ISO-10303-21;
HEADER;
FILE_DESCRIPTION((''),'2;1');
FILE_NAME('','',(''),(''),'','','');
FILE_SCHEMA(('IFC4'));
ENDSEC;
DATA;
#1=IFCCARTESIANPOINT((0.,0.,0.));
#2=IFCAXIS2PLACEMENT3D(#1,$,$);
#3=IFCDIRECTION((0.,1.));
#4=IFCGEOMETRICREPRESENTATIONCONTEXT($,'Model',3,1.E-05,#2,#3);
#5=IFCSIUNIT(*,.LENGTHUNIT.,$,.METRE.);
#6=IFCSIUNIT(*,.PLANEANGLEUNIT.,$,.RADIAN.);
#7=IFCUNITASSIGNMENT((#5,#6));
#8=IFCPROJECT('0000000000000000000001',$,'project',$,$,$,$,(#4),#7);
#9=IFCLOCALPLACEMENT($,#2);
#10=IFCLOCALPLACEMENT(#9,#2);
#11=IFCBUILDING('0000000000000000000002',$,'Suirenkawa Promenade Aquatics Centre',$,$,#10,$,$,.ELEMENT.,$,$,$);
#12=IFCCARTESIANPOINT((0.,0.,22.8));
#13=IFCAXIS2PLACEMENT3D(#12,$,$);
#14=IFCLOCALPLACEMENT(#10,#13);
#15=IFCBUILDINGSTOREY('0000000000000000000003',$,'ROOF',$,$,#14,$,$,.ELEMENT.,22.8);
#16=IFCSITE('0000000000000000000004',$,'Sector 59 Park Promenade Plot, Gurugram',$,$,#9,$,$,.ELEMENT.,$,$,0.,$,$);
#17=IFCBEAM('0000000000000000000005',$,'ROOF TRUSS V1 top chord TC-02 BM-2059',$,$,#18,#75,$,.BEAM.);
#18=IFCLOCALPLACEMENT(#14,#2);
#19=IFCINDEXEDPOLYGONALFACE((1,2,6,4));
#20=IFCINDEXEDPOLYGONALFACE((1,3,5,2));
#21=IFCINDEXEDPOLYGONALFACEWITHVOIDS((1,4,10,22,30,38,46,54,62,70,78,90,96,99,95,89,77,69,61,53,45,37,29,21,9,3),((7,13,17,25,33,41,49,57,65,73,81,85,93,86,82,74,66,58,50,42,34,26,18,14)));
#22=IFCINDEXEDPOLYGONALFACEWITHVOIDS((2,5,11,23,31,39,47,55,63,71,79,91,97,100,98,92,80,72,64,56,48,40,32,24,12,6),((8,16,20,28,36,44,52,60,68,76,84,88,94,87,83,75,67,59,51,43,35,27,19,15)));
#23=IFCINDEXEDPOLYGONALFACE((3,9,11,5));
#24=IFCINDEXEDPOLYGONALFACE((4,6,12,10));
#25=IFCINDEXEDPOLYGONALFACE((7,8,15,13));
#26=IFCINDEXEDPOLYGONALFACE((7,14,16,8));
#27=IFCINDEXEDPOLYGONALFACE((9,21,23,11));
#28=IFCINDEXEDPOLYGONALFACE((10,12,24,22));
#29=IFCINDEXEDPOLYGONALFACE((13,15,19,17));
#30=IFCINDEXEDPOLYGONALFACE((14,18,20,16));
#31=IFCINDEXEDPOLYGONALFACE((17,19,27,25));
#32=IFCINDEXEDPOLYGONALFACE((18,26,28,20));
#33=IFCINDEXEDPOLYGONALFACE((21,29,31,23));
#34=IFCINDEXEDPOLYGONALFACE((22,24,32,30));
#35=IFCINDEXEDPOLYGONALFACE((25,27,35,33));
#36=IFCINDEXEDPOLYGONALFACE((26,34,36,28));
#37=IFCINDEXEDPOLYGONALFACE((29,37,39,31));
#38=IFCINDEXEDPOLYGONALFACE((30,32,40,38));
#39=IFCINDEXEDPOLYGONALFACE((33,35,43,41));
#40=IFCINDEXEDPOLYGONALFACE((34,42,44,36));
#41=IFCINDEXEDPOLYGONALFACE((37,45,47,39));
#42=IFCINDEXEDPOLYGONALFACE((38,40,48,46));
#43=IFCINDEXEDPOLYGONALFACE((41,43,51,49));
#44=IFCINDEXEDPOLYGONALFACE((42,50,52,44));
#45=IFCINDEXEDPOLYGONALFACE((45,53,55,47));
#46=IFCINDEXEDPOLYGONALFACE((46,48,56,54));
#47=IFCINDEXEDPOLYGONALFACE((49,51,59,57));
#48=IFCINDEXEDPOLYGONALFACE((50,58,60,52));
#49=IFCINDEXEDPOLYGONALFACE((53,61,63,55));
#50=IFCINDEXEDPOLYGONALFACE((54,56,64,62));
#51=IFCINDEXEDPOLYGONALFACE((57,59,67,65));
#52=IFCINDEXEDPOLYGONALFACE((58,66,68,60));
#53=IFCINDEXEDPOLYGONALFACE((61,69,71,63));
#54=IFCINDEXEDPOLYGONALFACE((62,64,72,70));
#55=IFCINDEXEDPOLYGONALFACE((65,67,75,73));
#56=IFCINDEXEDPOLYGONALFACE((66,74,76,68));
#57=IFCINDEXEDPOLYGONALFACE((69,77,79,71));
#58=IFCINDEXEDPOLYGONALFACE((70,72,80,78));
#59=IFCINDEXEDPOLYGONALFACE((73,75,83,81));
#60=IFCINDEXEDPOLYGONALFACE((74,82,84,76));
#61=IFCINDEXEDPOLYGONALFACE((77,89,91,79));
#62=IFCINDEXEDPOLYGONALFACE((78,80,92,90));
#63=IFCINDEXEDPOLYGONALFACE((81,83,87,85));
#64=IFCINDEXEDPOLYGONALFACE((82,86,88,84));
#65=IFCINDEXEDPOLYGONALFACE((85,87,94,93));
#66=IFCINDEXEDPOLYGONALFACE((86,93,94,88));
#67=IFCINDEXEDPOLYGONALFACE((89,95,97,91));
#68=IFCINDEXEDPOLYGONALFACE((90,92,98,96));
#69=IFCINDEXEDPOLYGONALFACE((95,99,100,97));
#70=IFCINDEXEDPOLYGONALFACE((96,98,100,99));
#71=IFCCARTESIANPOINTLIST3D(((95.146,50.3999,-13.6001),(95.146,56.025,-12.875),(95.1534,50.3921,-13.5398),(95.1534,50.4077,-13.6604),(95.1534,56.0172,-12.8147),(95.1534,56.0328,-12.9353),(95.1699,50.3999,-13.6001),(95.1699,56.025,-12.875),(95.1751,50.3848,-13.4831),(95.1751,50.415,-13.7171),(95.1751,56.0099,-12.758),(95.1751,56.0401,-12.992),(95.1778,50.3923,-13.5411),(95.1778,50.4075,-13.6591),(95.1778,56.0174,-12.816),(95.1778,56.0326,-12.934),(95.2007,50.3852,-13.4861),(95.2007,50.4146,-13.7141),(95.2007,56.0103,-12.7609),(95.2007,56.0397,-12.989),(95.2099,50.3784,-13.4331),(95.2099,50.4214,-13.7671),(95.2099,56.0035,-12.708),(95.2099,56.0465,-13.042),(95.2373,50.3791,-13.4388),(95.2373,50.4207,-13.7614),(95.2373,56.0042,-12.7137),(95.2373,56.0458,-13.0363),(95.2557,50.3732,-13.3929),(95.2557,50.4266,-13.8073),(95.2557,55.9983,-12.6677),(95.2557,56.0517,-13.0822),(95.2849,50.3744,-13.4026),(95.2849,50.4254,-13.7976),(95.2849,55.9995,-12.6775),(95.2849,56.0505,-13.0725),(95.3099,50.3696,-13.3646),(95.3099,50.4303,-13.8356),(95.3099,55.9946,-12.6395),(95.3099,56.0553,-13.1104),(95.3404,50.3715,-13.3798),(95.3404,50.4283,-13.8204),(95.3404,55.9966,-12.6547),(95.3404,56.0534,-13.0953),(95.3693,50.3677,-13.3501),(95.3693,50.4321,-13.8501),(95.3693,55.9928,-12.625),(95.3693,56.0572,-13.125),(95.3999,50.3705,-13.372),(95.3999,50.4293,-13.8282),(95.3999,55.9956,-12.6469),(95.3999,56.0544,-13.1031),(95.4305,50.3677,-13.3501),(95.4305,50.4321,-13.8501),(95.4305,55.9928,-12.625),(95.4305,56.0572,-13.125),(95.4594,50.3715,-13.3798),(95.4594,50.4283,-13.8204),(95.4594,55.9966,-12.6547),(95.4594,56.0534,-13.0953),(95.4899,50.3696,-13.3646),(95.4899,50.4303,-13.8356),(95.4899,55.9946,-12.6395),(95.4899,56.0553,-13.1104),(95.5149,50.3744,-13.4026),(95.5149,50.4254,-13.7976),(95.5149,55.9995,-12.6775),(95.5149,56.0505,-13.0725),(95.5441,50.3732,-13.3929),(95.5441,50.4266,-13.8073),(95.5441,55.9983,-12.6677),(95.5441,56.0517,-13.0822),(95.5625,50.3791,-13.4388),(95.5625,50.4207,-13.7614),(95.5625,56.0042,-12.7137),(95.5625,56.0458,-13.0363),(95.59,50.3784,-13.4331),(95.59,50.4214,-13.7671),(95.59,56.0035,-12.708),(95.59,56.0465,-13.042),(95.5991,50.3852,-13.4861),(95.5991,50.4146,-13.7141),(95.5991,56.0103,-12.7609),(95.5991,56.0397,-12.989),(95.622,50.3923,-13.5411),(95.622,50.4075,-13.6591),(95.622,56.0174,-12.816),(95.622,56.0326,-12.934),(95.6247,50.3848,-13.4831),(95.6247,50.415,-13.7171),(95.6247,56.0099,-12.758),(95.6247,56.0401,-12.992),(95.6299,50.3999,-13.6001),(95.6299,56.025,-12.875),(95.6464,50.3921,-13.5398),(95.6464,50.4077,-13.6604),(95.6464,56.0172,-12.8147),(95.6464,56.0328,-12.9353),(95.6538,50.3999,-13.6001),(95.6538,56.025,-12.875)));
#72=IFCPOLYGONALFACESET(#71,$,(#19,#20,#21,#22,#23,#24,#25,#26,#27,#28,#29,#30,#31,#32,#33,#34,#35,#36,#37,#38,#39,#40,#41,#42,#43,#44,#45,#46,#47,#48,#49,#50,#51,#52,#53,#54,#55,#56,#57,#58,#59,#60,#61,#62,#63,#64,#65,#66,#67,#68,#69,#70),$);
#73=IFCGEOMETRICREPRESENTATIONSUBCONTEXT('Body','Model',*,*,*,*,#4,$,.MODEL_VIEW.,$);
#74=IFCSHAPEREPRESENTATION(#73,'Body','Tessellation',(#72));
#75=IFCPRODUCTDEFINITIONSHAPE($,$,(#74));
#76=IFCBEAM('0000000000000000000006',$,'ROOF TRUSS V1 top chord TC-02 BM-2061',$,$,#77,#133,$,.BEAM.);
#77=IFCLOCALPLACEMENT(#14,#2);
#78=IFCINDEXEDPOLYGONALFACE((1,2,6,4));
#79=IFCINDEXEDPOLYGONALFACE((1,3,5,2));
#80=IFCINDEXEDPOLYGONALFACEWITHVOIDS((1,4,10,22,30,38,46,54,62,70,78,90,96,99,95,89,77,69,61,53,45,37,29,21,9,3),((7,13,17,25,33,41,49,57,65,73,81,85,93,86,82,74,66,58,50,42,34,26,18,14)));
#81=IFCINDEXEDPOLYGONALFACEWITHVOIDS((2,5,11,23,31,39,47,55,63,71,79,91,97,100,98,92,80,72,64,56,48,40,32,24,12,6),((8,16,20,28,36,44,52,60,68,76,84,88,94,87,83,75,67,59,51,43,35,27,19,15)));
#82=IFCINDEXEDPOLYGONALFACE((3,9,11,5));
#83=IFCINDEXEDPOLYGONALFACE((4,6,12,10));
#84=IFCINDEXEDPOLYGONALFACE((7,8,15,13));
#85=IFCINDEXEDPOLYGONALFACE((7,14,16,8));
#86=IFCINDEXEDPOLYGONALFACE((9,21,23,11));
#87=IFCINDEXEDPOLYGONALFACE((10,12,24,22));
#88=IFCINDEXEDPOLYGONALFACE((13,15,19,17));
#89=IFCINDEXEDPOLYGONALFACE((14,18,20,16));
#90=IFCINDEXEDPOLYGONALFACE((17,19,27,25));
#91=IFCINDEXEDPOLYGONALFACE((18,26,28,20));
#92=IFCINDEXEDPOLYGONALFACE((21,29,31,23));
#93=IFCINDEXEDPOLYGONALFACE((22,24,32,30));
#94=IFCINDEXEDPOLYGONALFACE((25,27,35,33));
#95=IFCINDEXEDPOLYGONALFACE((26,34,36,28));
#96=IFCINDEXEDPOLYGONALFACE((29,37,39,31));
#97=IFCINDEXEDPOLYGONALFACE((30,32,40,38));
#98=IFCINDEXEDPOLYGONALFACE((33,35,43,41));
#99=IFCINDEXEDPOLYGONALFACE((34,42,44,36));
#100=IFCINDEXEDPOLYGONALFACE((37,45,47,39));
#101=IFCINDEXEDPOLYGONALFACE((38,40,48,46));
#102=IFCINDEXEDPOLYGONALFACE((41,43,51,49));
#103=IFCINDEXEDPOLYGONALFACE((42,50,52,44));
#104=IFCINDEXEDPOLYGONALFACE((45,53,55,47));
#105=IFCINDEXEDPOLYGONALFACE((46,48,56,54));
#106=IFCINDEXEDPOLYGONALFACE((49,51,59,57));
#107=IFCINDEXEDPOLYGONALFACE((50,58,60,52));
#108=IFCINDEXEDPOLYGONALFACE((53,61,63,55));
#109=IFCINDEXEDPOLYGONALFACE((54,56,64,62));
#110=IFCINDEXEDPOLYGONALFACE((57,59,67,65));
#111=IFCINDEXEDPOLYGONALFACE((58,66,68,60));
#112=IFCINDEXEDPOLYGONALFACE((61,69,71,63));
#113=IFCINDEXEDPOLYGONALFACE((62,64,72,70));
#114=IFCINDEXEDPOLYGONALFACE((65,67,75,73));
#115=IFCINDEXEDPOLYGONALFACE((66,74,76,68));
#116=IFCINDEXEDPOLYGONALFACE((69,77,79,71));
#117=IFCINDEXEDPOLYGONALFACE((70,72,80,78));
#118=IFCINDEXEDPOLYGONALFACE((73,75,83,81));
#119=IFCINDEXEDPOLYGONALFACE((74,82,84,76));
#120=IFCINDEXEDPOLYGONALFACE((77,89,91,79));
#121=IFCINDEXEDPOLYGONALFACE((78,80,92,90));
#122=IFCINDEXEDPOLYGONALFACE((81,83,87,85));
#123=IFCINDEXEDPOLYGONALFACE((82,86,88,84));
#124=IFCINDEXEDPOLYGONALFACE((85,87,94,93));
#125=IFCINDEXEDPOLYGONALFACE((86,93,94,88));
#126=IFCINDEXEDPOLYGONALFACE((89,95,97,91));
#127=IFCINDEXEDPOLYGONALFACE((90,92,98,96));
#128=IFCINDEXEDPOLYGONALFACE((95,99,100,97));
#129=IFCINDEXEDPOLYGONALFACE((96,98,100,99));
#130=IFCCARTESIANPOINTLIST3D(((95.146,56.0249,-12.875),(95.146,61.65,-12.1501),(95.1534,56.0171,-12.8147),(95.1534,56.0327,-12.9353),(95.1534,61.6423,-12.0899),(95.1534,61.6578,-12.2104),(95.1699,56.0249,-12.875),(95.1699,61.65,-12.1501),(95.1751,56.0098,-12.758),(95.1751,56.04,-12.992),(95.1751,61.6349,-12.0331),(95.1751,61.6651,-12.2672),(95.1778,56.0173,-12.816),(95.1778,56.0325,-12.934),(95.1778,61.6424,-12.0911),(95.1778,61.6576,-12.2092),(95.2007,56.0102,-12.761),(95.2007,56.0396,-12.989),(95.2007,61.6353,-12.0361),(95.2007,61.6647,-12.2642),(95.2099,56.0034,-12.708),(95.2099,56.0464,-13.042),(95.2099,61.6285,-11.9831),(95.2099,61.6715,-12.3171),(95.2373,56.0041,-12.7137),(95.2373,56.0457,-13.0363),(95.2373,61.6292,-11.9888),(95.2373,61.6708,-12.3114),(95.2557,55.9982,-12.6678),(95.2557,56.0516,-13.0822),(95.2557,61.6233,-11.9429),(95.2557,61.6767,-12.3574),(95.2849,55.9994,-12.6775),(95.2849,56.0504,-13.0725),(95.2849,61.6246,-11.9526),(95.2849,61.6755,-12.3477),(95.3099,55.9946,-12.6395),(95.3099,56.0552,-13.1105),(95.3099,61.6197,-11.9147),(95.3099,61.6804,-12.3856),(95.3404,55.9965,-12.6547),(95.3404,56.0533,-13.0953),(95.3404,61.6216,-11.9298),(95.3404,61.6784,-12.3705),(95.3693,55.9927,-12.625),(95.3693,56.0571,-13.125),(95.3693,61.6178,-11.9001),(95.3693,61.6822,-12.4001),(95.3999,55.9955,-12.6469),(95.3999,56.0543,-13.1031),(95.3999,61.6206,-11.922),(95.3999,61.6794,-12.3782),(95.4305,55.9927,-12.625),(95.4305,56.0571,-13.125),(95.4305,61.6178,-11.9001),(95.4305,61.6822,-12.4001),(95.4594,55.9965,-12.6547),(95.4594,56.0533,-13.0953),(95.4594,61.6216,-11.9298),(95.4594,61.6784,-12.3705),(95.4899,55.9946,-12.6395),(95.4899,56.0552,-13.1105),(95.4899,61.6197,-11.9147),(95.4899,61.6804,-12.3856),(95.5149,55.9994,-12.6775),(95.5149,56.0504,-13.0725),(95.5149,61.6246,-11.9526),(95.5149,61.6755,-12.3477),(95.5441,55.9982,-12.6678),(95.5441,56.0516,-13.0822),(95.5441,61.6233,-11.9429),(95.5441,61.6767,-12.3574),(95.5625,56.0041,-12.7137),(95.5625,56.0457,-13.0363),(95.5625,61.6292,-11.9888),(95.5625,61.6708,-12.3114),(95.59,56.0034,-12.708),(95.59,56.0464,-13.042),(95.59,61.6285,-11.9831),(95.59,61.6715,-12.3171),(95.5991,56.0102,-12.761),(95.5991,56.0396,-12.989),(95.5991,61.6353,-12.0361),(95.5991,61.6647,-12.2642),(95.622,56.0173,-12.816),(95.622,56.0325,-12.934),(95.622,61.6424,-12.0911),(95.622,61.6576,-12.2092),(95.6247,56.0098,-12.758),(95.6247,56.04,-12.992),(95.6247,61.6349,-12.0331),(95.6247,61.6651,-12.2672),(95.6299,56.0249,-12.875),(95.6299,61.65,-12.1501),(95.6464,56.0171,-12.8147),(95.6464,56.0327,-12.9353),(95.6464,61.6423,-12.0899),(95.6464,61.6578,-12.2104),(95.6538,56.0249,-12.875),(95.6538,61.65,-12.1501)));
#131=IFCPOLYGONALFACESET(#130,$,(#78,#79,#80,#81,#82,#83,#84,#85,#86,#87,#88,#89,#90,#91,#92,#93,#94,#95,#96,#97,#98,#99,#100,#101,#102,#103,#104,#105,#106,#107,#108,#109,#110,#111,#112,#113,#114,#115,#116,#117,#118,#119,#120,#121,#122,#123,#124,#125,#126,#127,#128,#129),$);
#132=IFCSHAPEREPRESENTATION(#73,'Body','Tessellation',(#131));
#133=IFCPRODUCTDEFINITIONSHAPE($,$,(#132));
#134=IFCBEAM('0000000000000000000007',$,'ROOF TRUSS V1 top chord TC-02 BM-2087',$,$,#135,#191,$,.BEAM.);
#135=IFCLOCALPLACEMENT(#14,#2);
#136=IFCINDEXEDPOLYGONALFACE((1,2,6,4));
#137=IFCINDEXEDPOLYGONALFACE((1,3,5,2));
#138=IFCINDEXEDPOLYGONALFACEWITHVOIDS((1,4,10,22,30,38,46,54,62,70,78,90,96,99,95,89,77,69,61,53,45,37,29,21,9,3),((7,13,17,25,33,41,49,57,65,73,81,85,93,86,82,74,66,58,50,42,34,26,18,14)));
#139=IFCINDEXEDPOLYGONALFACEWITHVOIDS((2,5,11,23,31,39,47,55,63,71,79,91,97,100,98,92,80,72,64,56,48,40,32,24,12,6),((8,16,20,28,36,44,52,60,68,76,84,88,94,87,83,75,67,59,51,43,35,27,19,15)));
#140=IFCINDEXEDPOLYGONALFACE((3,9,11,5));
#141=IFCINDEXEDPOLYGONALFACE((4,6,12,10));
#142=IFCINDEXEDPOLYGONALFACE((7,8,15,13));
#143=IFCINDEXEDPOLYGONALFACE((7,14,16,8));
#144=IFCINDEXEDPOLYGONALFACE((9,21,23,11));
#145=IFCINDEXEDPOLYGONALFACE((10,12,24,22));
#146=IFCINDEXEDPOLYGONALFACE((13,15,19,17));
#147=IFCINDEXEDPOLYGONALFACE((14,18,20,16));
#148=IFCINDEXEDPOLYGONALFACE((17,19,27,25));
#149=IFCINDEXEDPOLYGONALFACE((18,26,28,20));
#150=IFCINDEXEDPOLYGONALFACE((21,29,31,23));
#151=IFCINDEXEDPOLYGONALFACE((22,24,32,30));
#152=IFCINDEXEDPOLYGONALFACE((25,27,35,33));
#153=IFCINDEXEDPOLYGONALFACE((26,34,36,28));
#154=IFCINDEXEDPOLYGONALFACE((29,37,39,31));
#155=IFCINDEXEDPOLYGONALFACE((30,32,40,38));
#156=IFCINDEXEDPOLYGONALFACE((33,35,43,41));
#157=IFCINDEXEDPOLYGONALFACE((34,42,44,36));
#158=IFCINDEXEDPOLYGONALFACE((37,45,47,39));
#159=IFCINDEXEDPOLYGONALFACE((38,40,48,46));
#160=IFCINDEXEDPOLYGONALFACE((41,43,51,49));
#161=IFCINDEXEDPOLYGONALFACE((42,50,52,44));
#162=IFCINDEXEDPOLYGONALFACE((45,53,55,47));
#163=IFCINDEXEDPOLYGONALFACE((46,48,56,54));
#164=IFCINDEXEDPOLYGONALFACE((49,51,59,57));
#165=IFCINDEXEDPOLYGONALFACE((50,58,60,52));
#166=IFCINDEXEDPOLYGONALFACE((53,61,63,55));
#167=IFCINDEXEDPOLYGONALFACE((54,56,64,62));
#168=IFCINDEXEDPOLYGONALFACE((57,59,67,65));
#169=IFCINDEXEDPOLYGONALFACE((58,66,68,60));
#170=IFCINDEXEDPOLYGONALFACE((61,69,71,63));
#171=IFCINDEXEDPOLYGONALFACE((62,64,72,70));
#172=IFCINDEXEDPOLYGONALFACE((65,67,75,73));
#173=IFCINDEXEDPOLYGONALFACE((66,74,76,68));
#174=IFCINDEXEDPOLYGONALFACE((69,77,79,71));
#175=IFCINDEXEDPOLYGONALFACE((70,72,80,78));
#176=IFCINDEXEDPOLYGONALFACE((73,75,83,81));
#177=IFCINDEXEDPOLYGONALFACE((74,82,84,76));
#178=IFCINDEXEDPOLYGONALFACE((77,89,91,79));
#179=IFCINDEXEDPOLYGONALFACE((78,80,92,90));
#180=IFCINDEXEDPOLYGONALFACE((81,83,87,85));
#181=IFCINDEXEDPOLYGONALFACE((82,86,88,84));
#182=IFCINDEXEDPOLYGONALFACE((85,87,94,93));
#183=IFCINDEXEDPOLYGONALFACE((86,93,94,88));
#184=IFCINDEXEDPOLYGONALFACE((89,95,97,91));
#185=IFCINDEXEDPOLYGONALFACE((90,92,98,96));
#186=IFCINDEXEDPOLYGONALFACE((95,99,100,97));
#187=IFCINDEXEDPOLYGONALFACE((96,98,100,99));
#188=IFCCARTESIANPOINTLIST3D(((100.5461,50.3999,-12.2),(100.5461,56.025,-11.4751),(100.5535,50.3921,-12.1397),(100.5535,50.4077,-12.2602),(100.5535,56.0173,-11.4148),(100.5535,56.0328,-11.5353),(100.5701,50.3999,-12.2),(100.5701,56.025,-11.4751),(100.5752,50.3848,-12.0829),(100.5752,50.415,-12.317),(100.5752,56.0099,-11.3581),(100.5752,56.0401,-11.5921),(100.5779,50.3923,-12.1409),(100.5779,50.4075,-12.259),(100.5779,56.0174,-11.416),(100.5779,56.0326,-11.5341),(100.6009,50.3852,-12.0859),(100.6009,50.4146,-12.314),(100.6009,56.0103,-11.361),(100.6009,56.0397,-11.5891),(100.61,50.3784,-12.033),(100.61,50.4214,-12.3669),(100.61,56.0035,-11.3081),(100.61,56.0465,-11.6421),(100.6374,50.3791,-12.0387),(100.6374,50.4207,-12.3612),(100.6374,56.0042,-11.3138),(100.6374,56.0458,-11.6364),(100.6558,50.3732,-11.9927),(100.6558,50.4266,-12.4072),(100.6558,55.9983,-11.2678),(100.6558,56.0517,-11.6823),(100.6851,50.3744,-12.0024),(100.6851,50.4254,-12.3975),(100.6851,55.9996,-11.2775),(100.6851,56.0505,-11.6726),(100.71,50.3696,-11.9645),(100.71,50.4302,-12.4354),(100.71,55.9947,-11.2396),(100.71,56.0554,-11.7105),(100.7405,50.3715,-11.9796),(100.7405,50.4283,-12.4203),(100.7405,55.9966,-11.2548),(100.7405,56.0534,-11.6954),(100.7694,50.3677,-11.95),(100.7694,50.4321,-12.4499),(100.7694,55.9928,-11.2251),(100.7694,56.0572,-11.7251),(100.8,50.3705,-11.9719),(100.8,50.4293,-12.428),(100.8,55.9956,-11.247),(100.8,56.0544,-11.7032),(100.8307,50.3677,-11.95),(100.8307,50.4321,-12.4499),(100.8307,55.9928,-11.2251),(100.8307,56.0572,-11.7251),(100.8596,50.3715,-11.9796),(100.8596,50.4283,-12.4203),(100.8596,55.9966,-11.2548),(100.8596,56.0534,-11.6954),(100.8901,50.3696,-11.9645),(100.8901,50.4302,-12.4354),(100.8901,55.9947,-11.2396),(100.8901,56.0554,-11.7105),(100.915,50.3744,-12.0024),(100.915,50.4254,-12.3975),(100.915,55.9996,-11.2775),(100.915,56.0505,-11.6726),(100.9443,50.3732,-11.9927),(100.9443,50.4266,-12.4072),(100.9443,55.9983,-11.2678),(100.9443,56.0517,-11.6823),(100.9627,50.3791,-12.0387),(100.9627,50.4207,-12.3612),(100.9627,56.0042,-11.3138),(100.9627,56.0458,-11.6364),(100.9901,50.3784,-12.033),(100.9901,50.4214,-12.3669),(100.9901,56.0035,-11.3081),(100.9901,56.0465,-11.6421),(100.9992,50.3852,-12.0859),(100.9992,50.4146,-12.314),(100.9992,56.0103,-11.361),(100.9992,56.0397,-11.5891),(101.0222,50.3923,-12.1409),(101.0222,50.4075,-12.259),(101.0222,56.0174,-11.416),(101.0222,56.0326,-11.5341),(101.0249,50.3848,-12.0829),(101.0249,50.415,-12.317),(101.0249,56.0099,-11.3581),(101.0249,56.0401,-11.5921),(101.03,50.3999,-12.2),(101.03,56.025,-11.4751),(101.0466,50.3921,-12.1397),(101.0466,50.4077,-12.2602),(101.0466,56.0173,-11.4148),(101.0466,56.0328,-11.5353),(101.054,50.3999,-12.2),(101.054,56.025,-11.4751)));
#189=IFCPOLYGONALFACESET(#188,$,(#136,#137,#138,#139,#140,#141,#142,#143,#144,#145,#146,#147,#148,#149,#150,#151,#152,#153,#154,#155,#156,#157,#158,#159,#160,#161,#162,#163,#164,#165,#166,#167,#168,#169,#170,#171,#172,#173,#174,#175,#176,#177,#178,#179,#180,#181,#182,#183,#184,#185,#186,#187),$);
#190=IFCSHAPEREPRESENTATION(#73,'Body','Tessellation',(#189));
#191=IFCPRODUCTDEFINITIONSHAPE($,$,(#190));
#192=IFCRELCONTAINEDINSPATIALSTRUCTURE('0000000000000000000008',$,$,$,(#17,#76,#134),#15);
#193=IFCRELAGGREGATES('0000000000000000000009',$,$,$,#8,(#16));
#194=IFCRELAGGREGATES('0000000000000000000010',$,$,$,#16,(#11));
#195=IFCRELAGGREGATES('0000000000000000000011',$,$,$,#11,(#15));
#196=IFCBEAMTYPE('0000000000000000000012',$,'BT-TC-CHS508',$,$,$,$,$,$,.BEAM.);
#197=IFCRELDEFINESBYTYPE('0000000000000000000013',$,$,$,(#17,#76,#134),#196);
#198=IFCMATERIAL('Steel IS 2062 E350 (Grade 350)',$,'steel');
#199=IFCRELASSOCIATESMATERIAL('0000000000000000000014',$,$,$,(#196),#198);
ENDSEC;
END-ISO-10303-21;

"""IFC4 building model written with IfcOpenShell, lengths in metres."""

from ifc_helpers import new_model, si_unit, direction, frame, origin, origin_2d, place, context, subcontext, project, spatial, hollow_circle, extrude, material, material_profile, profile_set, type_object, element, save


model = new_model("IFC4")

# Units and contexts
model_context = context("Model", 3, precision=1e-05, world=origin(), true_north=direction((0.0, 1.0)))
body_context = subcontext(model_context, "Body", "Model", "MODEL_VIEW")
ifc_project = project(units=[si_unit("LENGTHUNIT", "METRE"), si_unit("PLANEANGLEUNIT", "RADIAN")], contexts=[model_context])

# Site, building, storey
site_placement = place(None, origin())
site = spatial("IfcSite", under=ifc_project, at=site_placement, Name="Sector 59 Park Promenade Plot, Gurugram", CompositionType="ELEMENT", RefElevation=0.0)
building_placement = place(site_placement, origin())
building = spatial("IfcBuilding", under=site, at=building_placement, Name="Suirenkawa Promenade Aquatics Centre", CompositionType="ELEMENT")
storey_placement = place(building_placement, frame((0.0, 0.0, 22.8)))
storey = spatial("IfcBuildingStorey", under=building, at=storey_placement, Name="ROOF", CompositionType="ELEMENT", Elevation=22.8)

# Beams
ifc_material_1 = material(Name="Steel IS 2062 E350 (Grade 350)", Category="steel")
ifc_material_profile_1 = material_profile(ifc_material_1, hollow_circle(Radius=0.2539, WallThickness=0.0239, at=origin_2d()), Name="CHS 508x24", Category="steel")
ifc_profile_set_1 = profile_set([ifc_material_profile_1], Name="Steel IS 2062 E350 (Grade 350)")
beam_type_1 = type_object("IfcBeamType", Name="BT-TC-CHS508", PredefinedType="BEAM", material=ifc_profile_set_1)
for number, where, z_axis, x_axis, name in (
    (1, (95.3999, 50.3999, -13.6001), (0.0, 0.991794, 0.127848), (-1.0, 0.0, 0.0), "ROOF TRUSS V1 top chord TC-02 BM-2059"),
    (2, (95.3999, 56.0249, -12.875), (0.0, 0.991799, 0.127806), (-1.0, 0.0, 0.0), "ROOF TRUSS V1 top chord TC-02 BM-2061"),
    (3, (100.8, 50.3999, -12.2), (0.0, 0.991799, 0.127806), (-1.0, 0.0, 0.0), "ROOF TRUSS V1 top chord TC-02 BM-2087"),
):
    element("IfcBeam", number, at=place(storey_placement, frame(where, z_axis=z_axis, x_axis=x_axis)), inside=storey, type_object=beam_type_1, Name=name, PredefinedType="BEAM", context=body_context, shape_type="SweptSolid", body=[
        extrude(hollow_circle(Radius=0.2539, WallThickness=0.0239, at=origin_2d()), origin(), (0.0, 0.0, 1.0), 5.6716),
    ])

save(model, "model.ifc")
